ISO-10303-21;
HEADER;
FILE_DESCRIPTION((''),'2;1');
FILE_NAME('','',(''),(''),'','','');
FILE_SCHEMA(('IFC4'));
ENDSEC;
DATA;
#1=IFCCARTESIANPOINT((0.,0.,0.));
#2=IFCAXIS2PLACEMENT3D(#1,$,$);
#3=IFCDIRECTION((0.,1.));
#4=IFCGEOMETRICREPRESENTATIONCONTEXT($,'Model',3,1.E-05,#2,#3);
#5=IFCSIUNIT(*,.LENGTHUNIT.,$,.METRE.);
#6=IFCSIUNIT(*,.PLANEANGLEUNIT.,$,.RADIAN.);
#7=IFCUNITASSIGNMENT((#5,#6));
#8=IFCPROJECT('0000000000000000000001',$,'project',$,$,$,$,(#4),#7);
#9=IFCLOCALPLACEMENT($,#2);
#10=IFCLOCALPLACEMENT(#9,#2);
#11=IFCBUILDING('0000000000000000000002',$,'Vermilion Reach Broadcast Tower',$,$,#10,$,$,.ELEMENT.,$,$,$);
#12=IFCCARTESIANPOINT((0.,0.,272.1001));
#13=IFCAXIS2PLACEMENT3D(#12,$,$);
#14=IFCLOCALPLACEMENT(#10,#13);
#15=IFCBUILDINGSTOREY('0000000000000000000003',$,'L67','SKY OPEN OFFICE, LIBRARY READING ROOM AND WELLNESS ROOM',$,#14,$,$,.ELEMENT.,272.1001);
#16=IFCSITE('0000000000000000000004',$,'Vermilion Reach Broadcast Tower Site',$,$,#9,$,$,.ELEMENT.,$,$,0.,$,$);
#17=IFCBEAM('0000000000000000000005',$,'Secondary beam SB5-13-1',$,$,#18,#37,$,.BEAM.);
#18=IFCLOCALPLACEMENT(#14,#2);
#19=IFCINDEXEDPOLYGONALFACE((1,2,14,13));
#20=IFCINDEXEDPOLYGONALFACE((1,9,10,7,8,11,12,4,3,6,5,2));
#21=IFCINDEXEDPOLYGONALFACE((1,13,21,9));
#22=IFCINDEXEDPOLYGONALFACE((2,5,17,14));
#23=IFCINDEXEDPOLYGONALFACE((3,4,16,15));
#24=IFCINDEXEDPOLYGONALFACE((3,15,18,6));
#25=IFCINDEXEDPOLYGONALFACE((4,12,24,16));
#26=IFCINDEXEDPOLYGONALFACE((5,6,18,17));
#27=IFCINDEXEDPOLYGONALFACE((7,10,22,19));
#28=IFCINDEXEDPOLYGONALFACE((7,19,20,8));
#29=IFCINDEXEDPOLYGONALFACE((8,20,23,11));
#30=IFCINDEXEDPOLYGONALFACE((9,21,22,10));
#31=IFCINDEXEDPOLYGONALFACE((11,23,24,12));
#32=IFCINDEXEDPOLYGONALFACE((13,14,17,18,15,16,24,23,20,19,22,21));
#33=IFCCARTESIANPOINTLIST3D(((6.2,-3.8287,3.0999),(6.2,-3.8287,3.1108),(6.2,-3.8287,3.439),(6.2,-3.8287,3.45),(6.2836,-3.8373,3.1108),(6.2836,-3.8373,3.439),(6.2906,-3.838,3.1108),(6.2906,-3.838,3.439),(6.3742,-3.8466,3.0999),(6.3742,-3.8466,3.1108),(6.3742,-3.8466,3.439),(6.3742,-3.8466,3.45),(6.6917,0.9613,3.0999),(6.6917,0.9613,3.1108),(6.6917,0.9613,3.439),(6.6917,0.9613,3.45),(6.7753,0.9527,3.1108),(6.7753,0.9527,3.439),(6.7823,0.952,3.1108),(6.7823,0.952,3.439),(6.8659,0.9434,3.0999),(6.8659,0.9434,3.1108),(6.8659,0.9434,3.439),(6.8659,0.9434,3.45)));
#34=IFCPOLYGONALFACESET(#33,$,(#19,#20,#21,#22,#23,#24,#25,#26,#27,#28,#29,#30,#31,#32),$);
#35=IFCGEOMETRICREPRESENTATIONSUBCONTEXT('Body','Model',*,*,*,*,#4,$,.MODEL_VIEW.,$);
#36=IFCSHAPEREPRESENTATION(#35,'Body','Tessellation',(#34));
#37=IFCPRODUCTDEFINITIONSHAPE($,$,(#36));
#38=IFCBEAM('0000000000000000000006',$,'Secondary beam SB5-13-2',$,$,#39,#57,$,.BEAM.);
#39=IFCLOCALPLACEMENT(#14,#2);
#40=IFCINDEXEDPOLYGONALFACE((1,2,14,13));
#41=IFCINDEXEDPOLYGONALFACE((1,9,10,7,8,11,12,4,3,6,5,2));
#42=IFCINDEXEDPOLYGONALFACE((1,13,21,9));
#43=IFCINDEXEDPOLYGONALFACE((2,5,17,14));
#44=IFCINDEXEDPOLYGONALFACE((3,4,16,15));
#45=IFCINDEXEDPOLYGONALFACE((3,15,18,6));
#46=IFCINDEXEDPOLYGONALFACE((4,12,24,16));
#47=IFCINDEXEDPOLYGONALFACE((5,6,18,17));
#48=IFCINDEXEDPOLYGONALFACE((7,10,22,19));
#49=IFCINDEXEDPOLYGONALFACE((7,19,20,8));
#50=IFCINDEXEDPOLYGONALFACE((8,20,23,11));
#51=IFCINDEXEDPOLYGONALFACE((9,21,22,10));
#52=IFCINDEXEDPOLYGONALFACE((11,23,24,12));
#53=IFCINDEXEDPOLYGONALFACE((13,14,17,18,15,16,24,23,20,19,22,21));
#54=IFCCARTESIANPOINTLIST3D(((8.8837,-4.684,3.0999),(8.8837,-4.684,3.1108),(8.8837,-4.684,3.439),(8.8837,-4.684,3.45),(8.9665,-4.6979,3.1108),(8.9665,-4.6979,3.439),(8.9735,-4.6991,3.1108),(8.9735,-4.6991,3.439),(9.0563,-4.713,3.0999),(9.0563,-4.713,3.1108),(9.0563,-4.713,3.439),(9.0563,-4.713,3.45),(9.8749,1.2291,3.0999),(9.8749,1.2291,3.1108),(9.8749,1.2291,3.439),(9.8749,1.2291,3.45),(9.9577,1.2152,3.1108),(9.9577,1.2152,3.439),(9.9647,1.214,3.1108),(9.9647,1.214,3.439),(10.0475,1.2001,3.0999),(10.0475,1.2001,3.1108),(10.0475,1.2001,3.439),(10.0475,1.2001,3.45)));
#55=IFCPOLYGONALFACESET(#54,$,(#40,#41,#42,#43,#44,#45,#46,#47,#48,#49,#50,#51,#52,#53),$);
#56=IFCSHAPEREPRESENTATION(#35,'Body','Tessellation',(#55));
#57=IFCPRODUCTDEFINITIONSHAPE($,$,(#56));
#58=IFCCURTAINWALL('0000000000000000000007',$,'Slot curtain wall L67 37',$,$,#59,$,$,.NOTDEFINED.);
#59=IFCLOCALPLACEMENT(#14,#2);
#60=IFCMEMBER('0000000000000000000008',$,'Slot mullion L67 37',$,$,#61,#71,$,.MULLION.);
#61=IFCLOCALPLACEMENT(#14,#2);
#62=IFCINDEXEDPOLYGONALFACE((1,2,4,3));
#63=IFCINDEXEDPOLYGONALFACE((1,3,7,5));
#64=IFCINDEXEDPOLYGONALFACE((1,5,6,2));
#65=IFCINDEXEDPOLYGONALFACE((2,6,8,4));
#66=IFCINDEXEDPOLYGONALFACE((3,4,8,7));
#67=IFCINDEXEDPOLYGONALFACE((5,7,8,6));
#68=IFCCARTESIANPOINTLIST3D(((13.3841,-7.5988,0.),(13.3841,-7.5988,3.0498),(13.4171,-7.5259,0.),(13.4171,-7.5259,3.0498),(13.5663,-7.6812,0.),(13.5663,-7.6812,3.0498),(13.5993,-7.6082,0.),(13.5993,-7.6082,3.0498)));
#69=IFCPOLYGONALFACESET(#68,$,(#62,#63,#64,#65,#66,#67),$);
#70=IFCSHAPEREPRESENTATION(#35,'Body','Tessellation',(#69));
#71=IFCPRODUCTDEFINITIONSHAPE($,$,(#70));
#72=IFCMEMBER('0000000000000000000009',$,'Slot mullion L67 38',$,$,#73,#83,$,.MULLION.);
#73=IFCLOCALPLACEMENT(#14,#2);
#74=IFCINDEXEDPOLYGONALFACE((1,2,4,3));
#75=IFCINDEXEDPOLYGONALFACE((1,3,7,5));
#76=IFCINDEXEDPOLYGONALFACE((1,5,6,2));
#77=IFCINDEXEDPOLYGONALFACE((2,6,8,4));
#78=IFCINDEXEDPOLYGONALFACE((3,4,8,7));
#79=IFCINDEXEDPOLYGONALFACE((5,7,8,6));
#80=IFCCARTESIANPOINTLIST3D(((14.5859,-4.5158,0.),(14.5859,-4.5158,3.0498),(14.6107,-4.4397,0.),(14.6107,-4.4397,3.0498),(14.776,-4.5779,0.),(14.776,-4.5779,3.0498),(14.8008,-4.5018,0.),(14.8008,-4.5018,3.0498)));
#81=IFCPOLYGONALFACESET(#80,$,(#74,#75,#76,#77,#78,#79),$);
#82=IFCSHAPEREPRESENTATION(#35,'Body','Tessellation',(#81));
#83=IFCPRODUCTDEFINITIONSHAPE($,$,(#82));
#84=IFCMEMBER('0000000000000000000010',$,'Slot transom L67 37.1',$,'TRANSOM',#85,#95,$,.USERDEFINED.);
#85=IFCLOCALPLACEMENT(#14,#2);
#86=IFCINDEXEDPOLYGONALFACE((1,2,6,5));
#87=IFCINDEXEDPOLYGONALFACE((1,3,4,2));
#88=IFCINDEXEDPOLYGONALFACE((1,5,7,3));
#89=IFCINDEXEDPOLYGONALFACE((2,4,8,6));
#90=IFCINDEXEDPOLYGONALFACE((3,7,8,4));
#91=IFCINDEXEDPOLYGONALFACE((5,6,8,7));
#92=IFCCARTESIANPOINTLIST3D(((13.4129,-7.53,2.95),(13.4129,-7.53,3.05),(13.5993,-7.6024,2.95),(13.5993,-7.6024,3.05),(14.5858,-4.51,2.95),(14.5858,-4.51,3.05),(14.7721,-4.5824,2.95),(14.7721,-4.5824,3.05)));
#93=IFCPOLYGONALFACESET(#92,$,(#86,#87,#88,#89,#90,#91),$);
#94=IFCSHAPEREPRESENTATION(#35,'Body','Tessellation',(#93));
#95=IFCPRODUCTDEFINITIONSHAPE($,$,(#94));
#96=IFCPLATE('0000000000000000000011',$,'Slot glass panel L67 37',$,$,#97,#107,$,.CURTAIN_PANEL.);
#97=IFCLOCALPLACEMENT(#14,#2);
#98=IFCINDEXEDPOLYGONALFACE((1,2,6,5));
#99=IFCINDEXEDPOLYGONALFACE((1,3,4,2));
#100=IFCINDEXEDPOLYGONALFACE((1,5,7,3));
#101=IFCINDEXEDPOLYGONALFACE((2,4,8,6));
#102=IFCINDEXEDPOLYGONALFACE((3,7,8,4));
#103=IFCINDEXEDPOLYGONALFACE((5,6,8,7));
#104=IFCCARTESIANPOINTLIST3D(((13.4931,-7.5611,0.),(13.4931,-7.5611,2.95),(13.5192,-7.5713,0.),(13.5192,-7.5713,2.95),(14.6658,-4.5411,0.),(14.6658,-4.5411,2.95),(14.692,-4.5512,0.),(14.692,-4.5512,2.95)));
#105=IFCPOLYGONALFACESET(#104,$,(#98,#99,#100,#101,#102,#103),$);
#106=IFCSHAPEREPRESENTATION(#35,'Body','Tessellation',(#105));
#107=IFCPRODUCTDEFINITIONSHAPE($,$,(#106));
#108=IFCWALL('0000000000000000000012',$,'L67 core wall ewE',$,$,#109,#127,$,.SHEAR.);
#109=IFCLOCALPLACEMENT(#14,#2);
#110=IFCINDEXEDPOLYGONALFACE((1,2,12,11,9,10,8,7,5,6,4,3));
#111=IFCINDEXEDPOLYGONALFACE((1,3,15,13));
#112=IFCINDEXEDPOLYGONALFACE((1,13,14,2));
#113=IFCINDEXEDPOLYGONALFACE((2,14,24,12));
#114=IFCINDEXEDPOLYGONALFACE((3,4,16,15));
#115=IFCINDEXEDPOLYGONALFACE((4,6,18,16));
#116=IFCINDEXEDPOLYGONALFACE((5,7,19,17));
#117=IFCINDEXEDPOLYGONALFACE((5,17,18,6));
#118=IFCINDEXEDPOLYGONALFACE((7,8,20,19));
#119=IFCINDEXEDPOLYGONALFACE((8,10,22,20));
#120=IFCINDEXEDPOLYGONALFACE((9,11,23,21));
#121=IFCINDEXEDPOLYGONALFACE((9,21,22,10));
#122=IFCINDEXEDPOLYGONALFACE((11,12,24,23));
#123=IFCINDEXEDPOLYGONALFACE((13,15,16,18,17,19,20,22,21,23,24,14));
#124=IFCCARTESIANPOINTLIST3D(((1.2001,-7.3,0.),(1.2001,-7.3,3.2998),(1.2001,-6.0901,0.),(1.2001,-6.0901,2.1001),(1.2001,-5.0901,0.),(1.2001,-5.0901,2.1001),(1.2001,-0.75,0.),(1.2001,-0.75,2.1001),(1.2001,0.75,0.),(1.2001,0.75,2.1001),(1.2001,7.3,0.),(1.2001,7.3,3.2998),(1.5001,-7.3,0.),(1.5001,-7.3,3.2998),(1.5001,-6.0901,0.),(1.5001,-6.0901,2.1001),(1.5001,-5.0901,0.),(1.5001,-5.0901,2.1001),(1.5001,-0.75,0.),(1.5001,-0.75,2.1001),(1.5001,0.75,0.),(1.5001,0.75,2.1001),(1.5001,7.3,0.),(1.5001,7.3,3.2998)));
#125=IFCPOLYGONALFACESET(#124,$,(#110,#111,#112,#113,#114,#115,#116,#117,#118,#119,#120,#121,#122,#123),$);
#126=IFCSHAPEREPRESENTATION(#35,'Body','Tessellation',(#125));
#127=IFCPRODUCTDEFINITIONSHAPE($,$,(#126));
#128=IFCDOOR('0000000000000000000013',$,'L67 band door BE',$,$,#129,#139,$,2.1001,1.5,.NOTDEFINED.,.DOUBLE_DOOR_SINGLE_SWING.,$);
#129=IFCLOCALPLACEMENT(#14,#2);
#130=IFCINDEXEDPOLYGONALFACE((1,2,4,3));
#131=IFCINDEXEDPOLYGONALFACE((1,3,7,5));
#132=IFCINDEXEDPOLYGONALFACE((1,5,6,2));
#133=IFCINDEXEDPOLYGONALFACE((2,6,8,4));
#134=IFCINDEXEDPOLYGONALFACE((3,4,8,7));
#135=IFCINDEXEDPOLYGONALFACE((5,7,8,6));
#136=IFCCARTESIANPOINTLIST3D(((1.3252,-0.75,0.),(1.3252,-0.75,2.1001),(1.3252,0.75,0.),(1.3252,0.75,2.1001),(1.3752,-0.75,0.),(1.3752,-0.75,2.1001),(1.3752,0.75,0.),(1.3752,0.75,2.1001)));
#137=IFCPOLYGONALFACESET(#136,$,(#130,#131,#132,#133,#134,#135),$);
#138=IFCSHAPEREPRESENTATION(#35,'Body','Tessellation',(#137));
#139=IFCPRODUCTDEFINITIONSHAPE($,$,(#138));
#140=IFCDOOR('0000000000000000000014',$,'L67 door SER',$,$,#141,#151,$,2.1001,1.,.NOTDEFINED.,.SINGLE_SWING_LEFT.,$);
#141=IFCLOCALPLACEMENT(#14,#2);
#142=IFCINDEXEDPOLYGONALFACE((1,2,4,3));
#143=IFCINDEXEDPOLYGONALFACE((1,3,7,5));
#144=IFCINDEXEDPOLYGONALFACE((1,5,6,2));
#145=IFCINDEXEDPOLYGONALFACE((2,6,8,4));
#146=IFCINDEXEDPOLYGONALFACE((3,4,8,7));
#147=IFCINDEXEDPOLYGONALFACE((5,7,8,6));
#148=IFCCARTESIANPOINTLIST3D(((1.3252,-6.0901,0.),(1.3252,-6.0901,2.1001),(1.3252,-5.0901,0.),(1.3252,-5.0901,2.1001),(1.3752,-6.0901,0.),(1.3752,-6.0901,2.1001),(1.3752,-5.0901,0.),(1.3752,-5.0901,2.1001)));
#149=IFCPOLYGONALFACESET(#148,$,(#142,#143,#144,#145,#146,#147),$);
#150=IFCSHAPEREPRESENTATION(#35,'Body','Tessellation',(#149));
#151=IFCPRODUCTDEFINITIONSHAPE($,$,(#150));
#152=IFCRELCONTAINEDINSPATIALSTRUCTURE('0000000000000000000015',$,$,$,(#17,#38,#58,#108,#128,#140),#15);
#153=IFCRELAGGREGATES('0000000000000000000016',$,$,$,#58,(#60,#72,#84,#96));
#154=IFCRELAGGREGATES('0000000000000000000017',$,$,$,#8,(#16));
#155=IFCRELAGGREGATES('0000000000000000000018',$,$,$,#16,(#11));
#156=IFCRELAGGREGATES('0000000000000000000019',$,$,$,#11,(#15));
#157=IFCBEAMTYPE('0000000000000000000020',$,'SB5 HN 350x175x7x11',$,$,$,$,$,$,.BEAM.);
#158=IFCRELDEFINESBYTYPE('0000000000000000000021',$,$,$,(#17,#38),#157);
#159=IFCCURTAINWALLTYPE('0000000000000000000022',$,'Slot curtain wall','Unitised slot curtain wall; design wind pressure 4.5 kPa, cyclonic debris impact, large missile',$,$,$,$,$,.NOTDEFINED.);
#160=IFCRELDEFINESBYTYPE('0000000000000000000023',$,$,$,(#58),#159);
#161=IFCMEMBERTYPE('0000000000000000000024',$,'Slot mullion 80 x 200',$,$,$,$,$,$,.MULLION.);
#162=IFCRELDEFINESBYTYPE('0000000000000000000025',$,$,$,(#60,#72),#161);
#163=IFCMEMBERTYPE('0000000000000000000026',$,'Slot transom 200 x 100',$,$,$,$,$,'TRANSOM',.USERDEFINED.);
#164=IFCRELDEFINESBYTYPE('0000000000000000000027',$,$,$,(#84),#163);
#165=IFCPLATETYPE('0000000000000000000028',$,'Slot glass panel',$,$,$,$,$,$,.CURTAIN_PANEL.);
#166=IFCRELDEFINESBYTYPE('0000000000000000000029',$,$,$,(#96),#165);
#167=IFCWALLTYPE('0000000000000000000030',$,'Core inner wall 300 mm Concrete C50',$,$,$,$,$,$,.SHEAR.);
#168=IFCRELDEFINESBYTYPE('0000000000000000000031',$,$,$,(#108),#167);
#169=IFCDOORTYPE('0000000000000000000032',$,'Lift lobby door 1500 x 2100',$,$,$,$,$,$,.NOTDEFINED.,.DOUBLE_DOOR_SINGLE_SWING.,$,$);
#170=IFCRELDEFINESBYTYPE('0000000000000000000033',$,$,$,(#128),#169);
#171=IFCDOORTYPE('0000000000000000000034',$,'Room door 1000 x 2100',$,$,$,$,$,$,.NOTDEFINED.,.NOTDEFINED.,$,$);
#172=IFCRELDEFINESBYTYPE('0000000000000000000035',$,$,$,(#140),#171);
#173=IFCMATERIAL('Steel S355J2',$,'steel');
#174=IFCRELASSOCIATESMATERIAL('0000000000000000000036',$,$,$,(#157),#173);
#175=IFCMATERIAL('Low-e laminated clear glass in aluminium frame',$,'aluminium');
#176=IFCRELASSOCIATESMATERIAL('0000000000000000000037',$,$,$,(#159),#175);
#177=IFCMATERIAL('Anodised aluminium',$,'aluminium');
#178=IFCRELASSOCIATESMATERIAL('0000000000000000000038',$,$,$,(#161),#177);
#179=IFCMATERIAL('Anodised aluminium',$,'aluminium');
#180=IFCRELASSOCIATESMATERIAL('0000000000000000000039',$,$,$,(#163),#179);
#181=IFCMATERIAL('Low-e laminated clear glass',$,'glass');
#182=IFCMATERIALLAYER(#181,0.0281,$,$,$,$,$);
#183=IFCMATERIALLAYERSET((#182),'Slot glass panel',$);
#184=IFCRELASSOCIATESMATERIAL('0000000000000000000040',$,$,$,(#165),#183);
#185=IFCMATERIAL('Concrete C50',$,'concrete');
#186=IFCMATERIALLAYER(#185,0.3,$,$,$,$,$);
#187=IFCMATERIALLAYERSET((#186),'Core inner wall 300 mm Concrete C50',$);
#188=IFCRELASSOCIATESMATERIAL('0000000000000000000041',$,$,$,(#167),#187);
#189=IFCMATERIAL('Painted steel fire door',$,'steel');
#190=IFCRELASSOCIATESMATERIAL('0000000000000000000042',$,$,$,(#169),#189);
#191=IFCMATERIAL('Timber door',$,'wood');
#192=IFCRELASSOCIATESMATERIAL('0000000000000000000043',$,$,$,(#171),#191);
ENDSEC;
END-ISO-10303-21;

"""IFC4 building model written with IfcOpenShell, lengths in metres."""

from ifc_helpers import new_model, si_unit, direction, frame, frame_2d, origin, origin_2d, place, context, subcontext, project, spatial, rectangle, i_section, extrude, material, layer, layer_set, material_profile, profile_set, type_object, element, fill, aggregate, save


model = new_model("IFC4")

# Units and contexts
model_context = context("Model", 3, precision=1e-05, world=origin(), true_north=direction((0.0, 1.0)))
body_context = subcontext(model_context, "Body", "Model", "MODEL_VIEW")
ifc_project = project(units=[si_unit("LENGTHUNIT", "METRE"), si_unit("PLANEANGLEUNIT", "RADIAN")], contexts=[model_context])

# Site, building, storey
site_placement = place(None, origin())
site = spatial("IfcSite", under=ifc_project, at=site_placement, Name="Vermilion Reach Broadcast Tower Site", CompositionType="ELEMENT", RefElevation=0.0)
building_placement = place(site_placement, origin())
building = spatial("IfcBuilding", under=site, at=building_placement, Name="Vermilion Reach Broadcast Tower", CompositionType="ELEMENT")
storey_placement = place(building_placement, frame((0.0, 0.0, 272.1001)))
storey = spatial("IfcBuildingStorey", under=building, at=storey_placement, Name="L67", Description="SKY OPEN OFFICE, LIBRARY READING ROOM AND WELLNESS ROOM", CompositionType="ELEMENT", Elevation=272.1001)

# Beams
ifc_material_1 = material(Name="Steel S355J2", Category="steel")
ifc_material_profile_1 = material_profile(ifc_material_1, i_section(OverallWidth=0.175, OverallDepth=0.3501, WebThickness=0.0071, FlangeThickness=0.011, at=origin_2d()), Name="S355J2 HN 350x175x7x11")
ifc_profile_set_1 = profile_set([ifc_material_profile_1], Name="Steel S355J2")
beam_type_1 = type_object("IfcBeamType", Name="SB5 HN 350x175x7x11", PredefinedType="BEAM", material=ifc_profile_set_1)
beam_1_placement = place(storey_placement, frame((6.2871, -3.8376, 3.2749), z_axis=(0.102114, 0.994773, 0.0), x_axis=(-0.994773, 0.102114, 0.0)))
element("IfcBeam", 1, at=beam_1_placement, inside=storey, type_object=beam_type_1, Name="Secondary beam SB5-13-1", PredefinedType="BEAM", context=body_context, shape_type="SweptSolid", body=[
    extrude(i_section(OverallWidth=0.175, OverallDepth=0.3501, WebThickness=0.0071, FlangeThickness=0.011, at=origin_2d()), origin(), (0.0, 0.0, 1.0), 4.8152),
])
beam_2_placement = place(storey_placement, frame((8.97, -4.6985, 3.2749), z_axis=(0.165323, 0.986239, 0.0), x_axis=(-0.986239, 0.165323, 0.0)))
element("IfcBeam", 2, at=beam_2_placement, inside=storey, type_object=beam_type_1, Name="Secondary beam SB5-13-2", PredefinedType="BEAM", context=body_context, shape_type="SweptSolid", body=[
    extrude(i_section(OverallWidth=0.175, OverallDepth=0.3501, WebThickness=0.0071, FlangeThickness=0.011, at=origin_2d()), origin(), (0.0, 0.0, 1.0), 5.9956),
])

# Curtain wall, members, plate
ifc_material_2 = material(Name="Low-e laminated clear glass in aluminium frame", Category="aluminium")
curtain_wall_type = type_object("IfcCurtainWallType", Name="Slot curtain wall", Description="Unitised slot curtain wall; design wind pressure 4.5 kPa, cyclonic debris impact, large missile", PredefinedType="NOTDEFINED", material=ifc_material_2)
curtain_wall_placement = place(storey_placement, origin())
curtain_wall = element("IfcCurtainWall", 3, at=curtain_wall_placement, inside=storey, type_object=curtain_wall_type, Name="Slot curtain wall L67 37", PredefinedType="NOTDEFINED")
ifc_material_3 = material(Name="Anodised aluminium", Category="aluminium")
ifc_material_profile_2 = material_profile(ifc_material_3, rectangle(XDim=0.2, YDim=0.0801, at=origin_2d()), Name="Slot mullion 80 x 200")
ifc_profile_set_2 = profile_set([ifc_material_profile_2], Name="Anodised aluminium")
member_type_1 = type_object("IfcMemberType", Name="Slot mullion 80 x 200", PredefinedType="MULLION", material=ifc_profile_set_2)
member_1_placement = place(storey_placement, frame((13.4917, -7.6035, 0.0), z_axis=(0.0, 0.0, 1.0), x_axis=(-0.911302, 0.411738, 0.0)))
member_1 = element("IfcMember", 4, at=member_1_placement, type_object=member_type_1, Name="Slot mullion L67 37", PredefinedType="MULLION", context=body_context, shape_type="SweptSolid", body=[
    extrude(rectangle(XDim=0.2, YDim=0.0801, at=origin_2d()), origin(), (0.0, 0.0, 1.0), 3.0498),
])
member_2_placement = place(storey_placement, frame((14.6934, -4.5088, 0.0), z_axis=(0.0, 0.0, 1.0), x_axis=(-0.950629, 0.310328, 0.0)))
member_2 = element("IfcMember", 5, at=member_2_placement, type_object=member_type_1, Name="Slot mullion L67 38", PredefinedType="MULLION", context=body_context, shape_type="SweptSolid", body=[
    extrude(rectangle(XDim=0.2, YDim=0.0801, at=origin_2d()), origin(), (0.0, 0.0, 1.0), 3.0498),
])
ifc_material_4 = material(Name="Anodised aluminium", Category="aluminium")
ifc_material_profile_3 = material_profile(ifc_material_4, rectangle(XDim=0.2, YDim=0.1001, at=origin_2d()), Name="Slot transom 200 x 100")
ifc_profile_set_3 = profile_set([ifc_material_profile_3], Name="Anodised aluminium")
member_type_2 = type_object("IfcMemberType", Name="Slot transom 200 x 100", ElementType="TRANSOM", PredefinedType="USERDEFINED", material=ifc_profile_set_3)
member_3_placement = place(storey_placement, frame((13.5061, -7.5662, 3.0), z_axis=(0.362017, 0.932171, 0.0), x_axis=(-0.932171, 0.362017, 0.0)))
member_3 = element("IfcMember", 6, at=member_3_placement, type_object=member_type_2, Name="Slot transom L67 37.1", ObjectType="TRANSOM", PredefinedType="USERDEFINED", context=body_context, shape_type="SweptSolid", body=[
    extrude(rectangle(XDim=0.2, YDim=0.1001, at=origin_2d()), origin(), (0.0, 0.0, 1.0), 3.2397),
])
ifc_material_5 = material(Name="Low-e laminated clear glass", Category="glass")
ifc_layer_1 = layer(ifc_material_5, 0.0281)
ifc_layer_set_1 = layer_set([ifc_layer_1], Name="Slot glass panel")
plate_type = type_object("IfcPlateType", Name="Slot glass panel", PredefinedType="CURTAIN_PANEL", material=ifc_layer_set_1)
plate_placement = place(storey_placement, frame((14.0925, -6.0562, 0.0), z_axis=(0.0, 0.0, 1.0), x_axis=(0.36199, 0.932182, 0.0)))
plate = element("IfcPlate", 7, at=plate_placement, type_object=plate_type, Name="Slot glass panel L67 37", PredefinedType="CURTAIN_PANEL", context=body_context, shape_type="SweptSolid", body=[
    extrude(rectangle(XDim=3.2397, YDim=0.0281, at=origin_2d()), origin(), (0.0, 0.0, 1.0), 2.95),
])
aggregate(curtain_wall, [member_1, member_2, member_3, plate])

# Wall, openings, doors
ifc_material_6 = material(Name="Concrete C50", Category="concrete")
ifc_layer_2 = layer(ifc_material_6, 0.3)
ifc_layer_set_2 = layer_set([ifc_layer_2], Name="Core inner wall 300 mm Concrete C50")
wall_type_1 = type_object("IfcWallType", Name="Core inner wall 300 mm Concrete C50", PredefinedType="SHEAR", material=ifc_layer_set_2)
wall_1_placement = place(storey_placement, frame((1.3501, -7.3, 0.0), z_axis=(0.0, 0.0, 1.0), x_axis=(0.0, 1.0, 0.0)))
wall_1 = element("IfcWall", 8, at=wall_1_placement, inside=storey, type_object=wall_type_1, Name="L67 core wall ewE", PredefinedType="SHEAR", context=body_context, shape_type="SweptSolid", body=[
    extrude(rectangle(XDim=14.6001, YDim=0.3, at=frame_2d((7.3, 0.0))), origin(), (0.0, 0.0, 1.0), 3.2998),
])
opening_1_placement = place(wall_1_placement, frame((1.21, 0.0, 0.0)))
opening_1 = element("IfcOpeningElement", 9, at=opening_1_placement, cuts=wall_1, PredefinedType="OPENING", context=body_context, shape_type="SweptSolid", body=[
    extrude(rectangle(XDim=1.0, YDim=2.1001, at=frame_2d((0.5, 1.05))), frame((0.0, 0.1599, 0.0), z_axis=(0.0, -1.0, 0.0), x_axis=(1.0, 0.0, 0.0)), (0.0, 0.0, 1.0), 0.3201),
])
opening_2_placement = place(wall_1_placement, frame((6.55, 0.0, 0.0)))
opening_2 = element("IfcOpeningElement", 10, at=opening_2_placement, cuts=wall_1, PredefinedType="OPENING", context=body_context, shape_type="SweptSolid", body=[
    extrude(rectangle(XDim=1.5, YDim=2.1001, at=frame_2d((0.75, 1.05))), frame((0.0, 0.1599, 0.0), z_axis=(0.0, -1.0, 0.0), x_axis=(1.0, 0.0, 0.0)), (0.0, 0.0, 1.0), 0.3201),
])
ifc_material_7 = material(Name="Painted steel fire door", Category="steel")
door_type_1 = type_object("IfcDoorType", Name="Lift lobby door 1500 x 2100", OperationType="DOUBLE_DOOR_SINGLE_SWING", PredefinedType="NOTDEFINED", material=ifc_material_7)
door_1_placement = place(opening_2_placement, origin())
door_1 = element("IfcDoor", 11, at=door_1_placement, inside=storey, type_object=door_type_1, Name="L67 band door BE", OperationType="DOUBLE_DOOR_SINGLE_SWING", OverallHeight=2.1001, OverallWidth=1.5, PredefinedType="NOTDEFINED", context=body_context, shape_type="SweptSolid", body=[
    extrude(rectangle(XDim=1.5, YDim=2.1001, at=frame_2d((0.75, 1.05))), frame((0.0, 0.0249, 0.0), z_axis=(0.0, -1.0, 0.0), x_axis=(1.0, 0.0, 0.0)), (0.0, 0.0, 1.0), 0.05),
])
fill(opening_2, door_1)
ifc_material_8 = material(Name="Timber door", Category="wood")
door_type_2 = type_object("IfcDoorType", Name="Room door 1000 x 2100", OperationType="NOTDEFINED", PredefinedType="NOTDEFINED", material=ifc_material_8)
door_2_placement = place(opening_1_placement, origin())
door_2 = element("IfcDoor", 12, at=door_2_placement, inside=storey, type_object=door_type_2, Name="L67 door SER", OperationType="SINGLE_SWING_LEFT", OverallHeight=2.1001, OverallWidth=1.0, PredefinedType="NOTDEFINED", context=body_context, shape_type="SweptSolid", body=[
    extrude(rectangle(XDim=1.0, YDim=2.1001, at=frame_2d((0.5, 1.05))), frame((0.0, 0.0249, 0.0), z_axis=(0.0, -1.0, 0.0), x_axis=(1.0, 0.0, 0.0)), (0.0, 0.0, 1.0), 0.05),
])
fill(opening_1, door_2)

save(model, "model.ifc")
